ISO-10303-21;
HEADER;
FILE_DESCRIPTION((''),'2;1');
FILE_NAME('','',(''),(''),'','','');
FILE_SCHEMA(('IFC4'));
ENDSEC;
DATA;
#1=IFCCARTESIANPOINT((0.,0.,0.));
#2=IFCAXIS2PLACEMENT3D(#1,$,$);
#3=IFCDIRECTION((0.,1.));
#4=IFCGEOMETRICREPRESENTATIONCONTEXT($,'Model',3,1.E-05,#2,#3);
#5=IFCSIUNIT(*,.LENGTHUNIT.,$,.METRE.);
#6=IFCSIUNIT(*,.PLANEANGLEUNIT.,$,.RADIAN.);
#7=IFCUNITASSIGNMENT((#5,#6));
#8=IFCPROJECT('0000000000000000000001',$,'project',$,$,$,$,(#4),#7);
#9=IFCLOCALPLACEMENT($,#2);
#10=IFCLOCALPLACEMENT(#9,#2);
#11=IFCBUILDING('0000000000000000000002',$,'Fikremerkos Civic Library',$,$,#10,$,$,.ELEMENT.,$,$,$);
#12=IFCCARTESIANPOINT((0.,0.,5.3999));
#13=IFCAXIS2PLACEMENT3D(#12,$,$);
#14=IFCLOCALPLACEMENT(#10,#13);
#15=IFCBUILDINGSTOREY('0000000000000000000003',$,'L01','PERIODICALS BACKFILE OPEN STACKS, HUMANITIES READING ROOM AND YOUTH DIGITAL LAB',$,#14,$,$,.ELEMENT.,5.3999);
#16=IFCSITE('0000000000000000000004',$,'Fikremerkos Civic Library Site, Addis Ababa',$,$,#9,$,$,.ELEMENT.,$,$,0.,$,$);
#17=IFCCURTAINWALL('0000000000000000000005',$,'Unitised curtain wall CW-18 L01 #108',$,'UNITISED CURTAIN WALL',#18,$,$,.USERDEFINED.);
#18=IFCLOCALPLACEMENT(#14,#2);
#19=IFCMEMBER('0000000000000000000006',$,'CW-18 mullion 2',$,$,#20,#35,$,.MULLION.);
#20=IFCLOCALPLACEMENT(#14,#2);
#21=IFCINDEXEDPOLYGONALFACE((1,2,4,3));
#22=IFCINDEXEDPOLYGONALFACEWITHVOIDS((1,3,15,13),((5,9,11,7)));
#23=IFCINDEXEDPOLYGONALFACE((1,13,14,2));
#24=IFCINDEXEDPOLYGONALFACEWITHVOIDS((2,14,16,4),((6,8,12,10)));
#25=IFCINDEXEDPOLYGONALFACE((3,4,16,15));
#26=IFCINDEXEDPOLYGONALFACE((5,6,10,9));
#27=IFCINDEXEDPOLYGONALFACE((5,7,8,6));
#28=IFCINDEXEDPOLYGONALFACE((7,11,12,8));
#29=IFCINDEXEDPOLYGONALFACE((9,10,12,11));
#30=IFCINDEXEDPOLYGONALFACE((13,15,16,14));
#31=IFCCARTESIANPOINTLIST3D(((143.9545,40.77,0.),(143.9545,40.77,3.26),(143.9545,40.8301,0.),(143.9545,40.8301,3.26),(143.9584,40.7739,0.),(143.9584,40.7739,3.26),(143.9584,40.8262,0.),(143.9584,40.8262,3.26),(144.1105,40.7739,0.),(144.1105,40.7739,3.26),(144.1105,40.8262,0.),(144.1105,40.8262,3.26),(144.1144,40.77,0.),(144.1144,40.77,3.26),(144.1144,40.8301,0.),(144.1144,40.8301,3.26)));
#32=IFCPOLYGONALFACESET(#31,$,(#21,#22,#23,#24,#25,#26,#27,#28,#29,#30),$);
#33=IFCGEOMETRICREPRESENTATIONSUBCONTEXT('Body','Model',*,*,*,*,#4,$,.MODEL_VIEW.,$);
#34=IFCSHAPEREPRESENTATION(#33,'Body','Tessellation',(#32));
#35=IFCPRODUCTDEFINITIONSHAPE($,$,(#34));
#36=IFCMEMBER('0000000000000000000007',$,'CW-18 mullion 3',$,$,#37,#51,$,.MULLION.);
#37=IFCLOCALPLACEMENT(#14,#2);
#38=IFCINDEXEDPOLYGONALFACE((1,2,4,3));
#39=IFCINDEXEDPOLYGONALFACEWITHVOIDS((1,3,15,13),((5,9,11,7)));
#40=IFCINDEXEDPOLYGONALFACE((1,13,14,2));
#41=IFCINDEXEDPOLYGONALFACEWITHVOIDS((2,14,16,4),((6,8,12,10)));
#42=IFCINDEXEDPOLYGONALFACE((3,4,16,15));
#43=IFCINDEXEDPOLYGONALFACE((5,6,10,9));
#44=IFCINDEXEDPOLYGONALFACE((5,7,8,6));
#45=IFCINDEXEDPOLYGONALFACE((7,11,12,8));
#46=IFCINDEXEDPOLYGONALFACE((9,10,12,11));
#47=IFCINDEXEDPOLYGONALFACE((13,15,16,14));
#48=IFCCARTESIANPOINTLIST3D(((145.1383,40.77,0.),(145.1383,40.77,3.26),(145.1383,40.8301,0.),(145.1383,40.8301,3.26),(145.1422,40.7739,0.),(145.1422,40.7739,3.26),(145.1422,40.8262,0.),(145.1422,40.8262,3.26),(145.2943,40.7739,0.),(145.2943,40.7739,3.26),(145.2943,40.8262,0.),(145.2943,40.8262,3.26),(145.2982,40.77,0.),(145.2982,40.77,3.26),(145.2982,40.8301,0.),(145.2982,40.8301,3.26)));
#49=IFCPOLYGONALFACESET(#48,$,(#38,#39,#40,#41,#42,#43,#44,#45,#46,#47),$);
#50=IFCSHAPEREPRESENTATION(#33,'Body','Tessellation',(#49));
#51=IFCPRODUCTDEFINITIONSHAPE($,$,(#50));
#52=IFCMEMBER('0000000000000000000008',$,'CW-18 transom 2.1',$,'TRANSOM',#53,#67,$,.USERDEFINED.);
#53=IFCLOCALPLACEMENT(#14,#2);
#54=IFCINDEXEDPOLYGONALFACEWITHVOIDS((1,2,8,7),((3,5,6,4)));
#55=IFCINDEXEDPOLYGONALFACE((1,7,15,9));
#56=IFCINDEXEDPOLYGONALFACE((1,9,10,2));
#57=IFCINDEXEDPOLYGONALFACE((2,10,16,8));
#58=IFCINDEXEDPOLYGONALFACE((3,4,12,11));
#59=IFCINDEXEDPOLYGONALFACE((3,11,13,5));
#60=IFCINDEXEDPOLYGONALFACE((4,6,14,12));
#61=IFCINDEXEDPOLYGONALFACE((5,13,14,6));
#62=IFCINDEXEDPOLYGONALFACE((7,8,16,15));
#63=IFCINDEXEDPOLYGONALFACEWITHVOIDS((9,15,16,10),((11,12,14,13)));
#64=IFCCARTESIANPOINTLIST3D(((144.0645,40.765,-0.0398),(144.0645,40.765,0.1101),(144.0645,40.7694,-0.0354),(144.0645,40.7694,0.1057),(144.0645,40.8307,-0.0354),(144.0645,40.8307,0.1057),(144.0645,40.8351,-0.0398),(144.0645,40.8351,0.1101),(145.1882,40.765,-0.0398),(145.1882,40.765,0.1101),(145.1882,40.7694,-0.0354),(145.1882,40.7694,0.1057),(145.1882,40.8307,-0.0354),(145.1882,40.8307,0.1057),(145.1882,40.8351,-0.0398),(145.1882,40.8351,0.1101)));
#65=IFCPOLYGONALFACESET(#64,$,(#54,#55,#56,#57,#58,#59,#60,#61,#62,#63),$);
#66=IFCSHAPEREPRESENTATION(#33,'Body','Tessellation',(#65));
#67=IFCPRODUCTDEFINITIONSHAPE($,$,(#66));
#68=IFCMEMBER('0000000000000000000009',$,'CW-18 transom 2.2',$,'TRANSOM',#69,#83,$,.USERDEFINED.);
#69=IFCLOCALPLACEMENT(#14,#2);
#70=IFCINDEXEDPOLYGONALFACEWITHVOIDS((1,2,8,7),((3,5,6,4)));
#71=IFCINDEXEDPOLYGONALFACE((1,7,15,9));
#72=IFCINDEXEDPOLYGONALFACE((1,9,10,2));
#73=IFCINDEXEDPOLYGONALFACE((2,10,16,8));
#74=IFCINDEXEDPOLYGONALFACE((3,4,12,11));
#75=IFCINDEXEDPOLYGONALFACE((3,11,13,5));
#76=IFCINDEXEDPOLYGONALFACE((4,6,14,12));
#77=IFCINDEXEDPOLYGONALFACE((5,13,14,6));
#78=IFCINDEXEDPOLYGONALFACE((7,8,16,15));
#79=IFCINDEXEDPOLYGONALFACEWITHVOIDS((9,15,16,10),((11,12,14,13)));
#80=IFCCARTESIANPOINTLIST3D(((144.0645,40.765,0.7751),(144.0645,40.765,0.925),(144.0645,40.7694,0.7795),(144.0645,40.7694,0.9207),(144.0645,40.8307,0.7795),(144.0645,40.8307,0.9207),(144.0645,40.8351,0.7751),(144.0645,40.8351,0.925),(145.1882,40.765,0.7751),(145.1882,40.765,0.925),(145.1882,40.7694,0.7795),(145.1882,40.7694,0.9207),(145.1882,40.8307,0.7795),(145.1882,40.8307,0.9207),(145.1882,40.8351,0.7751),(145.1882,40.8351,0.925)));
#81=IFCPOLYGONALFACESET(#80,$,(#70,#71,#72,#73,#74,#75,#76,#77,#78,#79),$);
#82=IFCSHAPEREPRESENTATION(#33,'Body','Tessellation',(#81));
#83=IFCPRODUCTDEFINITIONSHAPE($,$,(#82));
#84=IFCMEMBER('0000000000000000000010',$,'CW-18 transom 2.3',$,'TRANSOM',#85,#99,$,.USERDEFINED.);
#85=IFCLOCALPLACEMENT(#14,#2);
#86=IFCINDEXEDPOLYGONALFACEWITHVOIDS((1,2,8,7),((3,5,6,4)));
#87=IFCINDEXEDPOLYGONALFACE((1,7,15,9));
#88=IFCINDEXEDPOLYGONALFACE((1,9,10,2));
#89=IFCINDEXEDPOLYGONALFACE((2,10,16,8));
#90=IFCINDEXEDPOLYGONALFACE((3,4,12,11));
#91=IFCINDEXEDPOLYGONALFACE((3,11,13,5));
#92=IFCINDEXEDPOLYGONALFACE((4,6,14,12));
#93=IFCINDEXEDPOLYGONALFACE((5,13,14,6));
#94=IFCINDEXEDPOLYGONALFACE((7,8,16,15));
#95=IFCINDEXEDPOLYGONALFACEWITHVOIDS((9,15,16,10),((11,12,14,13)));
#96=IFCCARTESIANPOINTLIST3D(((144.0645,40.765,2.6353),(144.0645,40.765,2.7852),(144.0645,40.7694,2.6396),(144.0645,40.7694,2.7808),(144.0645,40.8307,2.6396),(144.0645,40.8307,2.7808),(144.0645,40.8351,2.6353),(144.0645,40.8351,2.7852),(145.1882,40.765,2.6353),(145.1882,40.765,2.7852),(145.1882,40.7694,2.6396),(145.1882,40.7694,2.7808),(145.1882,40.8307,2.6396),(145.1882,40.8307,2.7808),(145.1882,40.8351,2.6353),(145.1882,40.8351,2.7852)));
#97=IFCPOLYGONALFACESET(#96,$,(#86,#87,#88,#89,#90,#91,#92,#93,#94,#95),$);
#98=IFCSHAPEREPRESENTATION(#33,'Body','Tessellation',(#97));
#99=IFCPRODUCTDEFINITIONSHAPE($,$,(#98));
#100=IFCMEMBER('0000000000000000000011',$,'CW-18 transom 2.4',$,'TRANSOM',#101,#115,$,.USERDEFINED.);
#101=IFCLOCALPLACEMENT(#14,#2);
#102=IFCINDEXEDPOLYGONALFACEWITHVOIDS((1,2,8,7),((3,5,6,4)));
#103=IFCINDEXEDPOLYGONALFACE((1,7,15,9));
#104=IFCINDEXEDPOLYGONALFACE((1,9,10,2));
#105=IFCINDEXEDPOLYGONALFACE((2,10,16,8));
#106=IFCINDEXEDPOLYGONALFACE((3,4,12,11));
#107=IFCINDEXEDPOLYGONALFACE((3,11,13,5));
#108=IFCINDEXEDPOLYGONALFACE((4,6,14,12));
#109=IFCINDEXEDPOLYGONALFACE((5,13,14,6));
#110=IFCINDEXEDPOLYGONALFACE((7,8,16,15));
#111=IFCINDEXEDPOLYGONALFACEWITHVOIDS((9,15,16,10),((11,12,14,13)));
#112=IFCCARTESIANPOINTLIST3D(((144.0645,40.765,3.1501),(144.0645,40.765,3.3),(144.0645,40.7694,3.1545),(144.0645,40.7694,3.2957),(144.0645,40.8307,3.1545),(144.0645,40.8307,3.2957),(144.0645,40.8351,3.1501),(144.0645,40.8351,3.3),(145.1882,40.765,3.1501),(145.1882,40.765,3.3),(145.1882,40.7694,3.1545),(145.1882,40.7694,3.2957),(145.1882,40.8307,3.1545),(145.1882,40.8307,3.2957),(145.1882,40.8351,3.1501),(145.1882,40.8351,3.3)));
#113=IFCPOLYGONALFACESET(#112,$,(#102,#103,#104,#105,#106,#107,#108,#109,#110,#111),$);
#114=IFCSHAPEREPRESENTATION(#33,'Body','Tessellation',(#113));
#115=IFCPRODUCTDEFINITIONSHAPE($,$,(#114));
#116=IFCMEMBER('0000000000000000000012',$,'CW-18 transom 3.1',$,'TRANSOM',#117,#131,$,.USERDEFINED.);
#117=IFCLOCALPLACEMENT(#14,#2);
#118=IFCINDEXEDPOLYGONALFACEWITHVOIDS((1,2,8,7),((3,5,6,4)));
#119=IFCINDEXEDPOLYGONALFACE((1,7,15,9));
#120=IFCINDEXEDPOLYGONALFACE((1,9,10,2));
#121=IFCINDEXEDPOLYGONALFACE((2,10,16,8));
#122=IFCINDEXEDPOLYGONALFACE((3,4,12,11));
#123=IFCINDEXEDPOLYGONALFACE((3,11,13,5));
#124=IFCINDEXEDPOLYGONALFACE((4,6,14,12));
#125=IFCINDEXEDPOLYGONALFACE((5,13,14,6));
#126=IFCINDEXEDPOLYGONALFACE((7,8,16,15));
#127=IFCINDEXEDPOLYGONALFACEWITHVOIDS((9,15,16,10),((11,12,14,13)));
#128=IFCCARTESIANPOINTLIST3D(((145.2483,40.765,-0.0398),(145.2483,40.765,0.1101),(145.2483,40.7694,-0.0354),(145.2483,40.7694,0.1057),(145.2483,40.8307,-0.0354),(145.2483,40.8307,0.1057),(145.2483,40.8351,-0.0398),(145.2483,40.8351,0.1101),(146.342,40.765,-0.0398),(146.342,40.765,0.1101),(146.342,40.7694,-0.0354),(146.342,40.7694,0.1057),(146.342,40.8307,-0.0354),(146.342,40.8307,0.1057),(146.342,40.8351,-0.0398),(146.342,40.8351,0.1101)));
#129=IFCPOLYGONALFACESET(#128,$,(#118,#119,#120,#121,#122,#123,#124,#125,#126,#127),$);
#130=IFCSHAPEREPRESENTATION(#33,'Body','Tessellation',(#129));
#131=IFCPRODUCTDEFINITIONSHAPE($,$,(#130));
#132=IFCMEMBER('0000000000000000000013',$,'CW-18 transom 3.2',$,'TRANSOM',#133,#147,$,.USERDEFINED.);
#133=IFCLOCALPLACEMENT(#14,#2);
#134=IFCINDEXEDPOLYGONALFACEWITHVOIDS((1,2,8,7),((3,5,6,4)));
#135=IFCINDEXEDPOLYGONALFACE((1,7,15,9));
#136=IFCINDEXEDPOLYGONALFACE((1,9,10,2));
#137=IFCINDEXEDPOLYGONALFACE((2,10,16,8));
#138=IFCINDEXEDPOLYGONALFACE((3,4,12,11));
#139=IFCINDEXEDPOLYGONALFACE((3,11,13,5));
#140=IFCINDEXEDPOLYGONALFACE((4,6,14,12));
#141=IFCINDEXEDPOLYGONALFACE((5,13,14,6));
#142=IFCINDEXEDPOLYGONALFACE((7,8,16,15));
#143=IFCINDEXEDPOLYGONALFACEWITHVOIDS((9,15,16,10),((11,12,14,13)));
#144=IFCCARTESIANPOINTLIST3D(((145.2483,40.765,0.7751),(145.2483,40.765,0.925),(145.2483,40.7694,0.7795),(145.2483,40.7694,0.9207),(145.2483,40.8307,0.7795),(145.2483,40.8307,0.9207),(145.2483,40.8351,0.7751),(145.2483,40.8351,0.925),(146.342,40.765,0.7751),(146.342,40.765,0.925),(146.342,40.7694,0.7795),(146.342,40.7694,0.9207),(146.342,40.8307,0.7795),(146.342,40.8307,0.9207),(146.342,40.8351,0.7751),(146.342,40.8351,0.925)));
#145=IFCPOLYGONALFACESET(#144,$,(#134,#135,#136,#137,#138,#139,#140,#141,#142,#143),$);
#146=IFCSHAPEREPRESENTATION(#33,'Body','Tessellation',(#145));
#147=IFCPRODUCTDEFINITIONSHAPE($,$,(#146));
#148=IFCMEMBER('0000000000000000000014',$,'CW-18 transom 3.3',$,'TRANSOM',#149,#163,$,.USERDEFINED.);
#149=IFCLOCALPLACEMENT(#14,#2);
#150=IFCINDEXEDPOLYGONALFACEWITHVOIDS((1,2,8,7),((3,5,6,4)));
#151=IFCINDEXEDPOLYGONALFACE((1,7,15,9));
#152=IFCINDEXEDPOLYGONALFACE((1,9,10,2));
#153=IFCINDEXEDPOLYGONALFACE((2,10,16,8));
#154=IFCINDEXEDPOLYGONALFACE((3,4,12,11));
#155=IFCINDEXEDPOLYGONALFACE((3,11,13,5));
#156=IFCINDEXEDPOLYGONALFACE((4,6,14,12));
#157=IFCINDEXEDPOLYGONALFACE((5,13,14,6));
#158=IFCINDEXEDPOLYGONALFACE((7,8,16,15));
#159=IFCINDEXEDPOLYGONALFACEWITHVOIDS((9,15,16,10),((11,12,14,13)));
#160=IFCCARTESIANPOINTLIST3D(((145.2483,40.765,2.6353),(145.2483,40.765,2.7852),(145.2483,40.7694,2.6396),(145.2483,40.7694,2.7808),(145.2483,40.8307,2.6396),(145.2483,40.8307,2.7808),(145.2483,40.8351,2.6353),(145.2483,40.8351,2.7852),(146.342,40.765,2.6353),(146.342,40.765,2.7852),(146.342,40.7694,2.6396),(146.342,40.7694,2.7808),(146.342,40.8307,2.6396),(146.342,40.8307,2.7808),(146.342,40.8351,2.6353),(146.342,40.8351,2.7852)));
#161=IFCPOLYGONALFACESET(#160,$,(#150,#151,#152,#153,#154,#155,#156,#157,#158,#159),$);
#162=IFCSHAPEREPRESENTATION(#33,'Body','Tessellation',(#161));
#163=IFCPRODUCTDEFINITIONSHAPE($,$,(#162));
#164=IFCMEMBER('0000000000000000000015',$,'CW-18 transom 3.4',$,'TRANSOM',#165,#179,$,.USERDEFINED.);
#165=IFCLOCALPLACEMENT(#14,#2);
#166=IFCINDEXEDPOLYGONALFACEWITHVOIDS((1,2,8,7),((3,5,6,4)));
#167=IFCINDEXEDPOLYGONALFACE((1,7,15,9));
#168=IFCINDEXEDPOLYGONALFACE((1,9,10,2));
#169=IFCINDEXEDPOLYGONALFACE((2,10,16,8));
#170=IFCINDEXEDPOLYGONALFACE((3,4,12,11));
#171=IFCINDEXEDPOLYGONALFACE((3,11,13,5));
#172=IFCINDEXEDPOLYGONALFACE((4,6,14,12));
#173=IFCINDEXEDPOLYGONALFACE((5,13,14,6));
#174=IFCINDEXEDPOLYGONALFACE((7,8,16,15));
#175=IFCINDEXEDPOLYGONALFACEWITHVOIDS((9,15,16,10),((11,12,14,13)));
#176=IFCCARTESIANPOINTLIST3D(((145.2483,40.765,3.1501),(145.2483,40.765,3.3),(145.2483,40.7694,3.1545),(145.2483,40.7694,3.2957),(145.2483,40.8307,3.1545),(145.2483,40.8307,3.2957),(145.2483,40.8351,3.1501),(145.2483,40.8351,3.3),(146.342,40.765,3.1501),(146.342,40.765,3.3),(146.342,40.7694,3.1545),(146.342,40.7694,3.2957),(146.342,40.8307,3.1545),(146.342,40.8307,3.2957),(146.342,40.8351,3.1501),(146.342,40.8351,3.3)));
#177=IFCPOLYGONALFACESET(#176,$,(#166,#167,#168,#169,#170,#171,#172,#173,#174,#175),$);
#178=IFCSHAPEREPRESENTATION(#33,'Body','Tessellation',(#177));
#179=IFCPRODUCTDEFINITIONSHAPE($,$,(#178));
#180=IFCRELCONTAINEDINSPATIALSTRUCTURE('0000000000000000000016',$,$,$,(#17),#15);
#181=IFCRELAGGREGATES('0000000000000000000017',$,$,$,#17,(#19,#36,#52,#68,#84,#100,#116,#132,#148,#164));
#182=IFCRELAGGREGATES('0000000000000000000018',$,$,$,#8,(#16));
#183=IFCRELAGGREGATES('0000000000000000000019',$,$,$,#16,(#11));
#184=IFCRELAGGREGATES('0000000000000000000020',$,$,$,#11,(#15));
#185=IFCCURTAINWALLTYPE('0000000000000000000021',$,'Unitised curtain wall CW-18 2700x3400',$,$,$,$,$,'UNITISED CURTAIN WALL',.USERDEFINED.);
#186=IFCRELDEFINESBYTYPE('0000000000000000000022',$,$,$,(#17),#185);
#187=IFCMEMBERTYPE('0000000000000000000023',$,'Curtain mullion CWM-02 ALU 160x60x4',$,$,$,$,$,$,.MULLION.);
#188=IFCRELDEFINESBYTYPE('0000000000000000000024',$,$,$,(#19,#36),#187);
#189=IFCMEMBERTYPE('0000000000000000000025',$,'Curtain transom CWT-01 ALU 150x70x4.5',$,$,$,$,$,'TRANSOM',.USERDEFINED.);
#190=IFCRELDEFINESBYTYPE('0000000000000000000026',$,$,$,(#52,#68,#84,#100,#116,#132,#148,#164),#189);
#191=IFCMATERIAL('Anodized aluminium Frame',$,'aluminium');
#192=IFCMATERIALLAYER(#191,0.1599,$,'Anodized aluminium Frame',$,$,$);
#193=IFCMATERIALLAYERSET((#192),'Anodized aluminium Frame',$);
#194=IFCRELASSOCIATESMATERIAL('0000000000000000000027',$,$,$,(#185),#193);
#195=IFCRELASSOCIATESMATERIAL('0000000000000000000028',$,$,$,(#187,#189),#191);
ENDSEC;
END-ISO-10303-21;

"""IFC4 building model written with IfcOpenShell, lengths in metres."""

from ifc_helpers import new_model, si_unit, direction, frame, origin, origin_2d, place, context, subcontext, project, spatial, hollow_rectangle, extrude, material, layer, layer_set, material_profile, profile_set, type_object, element, aggregate, save


model = new_model("IFC4")

# Units and contexts
model_context = context("Model", 3, precision=1e-05, world=origin(), true_north=direction((0.0, 1.0)))
body_context = subcontext(model_context, "Body", "Model", "MODEL_VIEW")
ifc_project = project(units=[si_unit("LENGTHUNIT", "METRE"), si_unit("PLANEANGLEUNIT", "RADIAN")], contexts=[model_context])

# Site, building, storey
site_placement = place(None, origin())
site = spatial("IfcSite", under=ifc_project, at=site_placement, Name="Fikremerkos Civic Library Site, Addis Ababa", CompositionType="ELEMENT", RefElevation=0.0)
building_placement = place(site_placement, origin())
building = spatial("IfcBuilding", under=site, at=building_placement, Name="Fikremerkos Civic Library", CompositionType="ELEMENT")
storey_placement = place(building_placement, frame((0.0, 0.0, 5.3999)))
storey = spatial("IfcBuildingStorey", under=building, at=storey_placement, Name="L01", Description="PERIODICALS BACKFILE OPEN STACKS, HUMANITIES READING ROOM AND YOUTH DIGITAL LAB", CompositionType="ELEMENT", Elevation=5.3999)

# Curtain wall, members
ifc_material_1 = material(Name="Anodized aluminium Frame", Category="aluminium")
ifc_layer_1 = layer(ifc_material_1, 0.1599, Name="Anodized aluminium Frame")
ifc_layer_set_1 = layer_set([ifc_layer_1], Name="Anodized aluminium Frame")
curtain_wall_type = type_object("IfcCurtainWallType", Name="Unitised curtain wall CW-18 2700x3400", ElementType="UNITISED CURTAIN WALL", PredefinedType="USERDEFINED", material=ifc_layer_set_1)
curtain_wall_placement = place(storey_placement, origin())
curtain_wall = element("IfcCurtainWall", 1, at=curtain_wall_placement, inside=storey, type_object=curtain_wall_type, Name="Unitised curtain wall CW-18 L01 #108", ObjectType="UNITISED CURTAIN WALL", PredefinedType="USERDEFINED")
ifc_material_profile_1 = material_profile(ifc_material_1, hollow_rectangle(XDim=0.0601, YDim=0.1599, WallThickness=0.0039, at=origin_2d()), Name="ALU 160x60x4")
ifc_profile_set_1 = profile_set([ifc_material_profile_1], Name="Anodized aluminium Frame")
member_type_1 = type_object("IfcMemberType", Name="Curtain mullion CWM-02 ALU 160x60x4", PredefinedType="MULLION", material=ifc_profile_set_1)
member_1_placement = place(storey_placement, frame((144.0344, 40.8, 0.0), z_axis=(0.0, 0.0, 1.0), x_axis=(0.0, 1.0, 0.0)))
member_1 = element("IfcMember", 2, at=member_1_placement, type_object=member_type_1, Name="CW-18 mullion 2", PredefinedType="MULLION", context=body_context, shape_type="SweptSolid", body=[
    extrude(hollow_rectangle(XDim=0.0601, YDim=0.1599, WallThickness=0.0039, at=origin_2d()), origin(), (0.0, 0.0, 1.0), 3.26),
])
member_2_placement = place(storey_placement, frame((145.2183, 40.8, 0.0), z_axis=(0.0, 0.0, 1.0), x_axis=(0.0, 1.0, 0.0)))
member_2 = element("IfcMember", 3, at=member_2_placement, type_object=member_type_1, Name="CW-18 mullion 3", PredefinedType="MULLION", context=body_context, shape_type="SweptSolid", body=[
    extrude(hollow_rectangle(XDim=0.0601, YDim=0.1599, WallThickness=0.0039, at=origin_2d()), origin(), (0.0, 0.0, 1.0), 3.26),
])
ifc_material_profile_2 = material_profile(ifc_material_1, hollow_rectangle(XDim=0.0701, YDim=0.1499, WallThickness=0.0044, at=origin_2d()), Name="ALU 150x70x4.5")
ifc_profile_set_2 = profile_set([ifc_material_profile_2], Name="Anodized aluminium Frame")
member_type_2 = type_object("IfcMemberType", Name="Curtain transom CWT-01 ALU 150x70x4.5", ElementType="TRANSOM", PredefinedType="USERDEFINED", material=ifc_profile_set_2)
member_3_placement = place(storey_placement, frame((144.0645, 40.8, 0.0352), z_axis=(1.0, 0.0, 0.0), x_axis=(0.0, 1.0, 0.0)))
member_3 = element("IfcMember", 4, at=member_3_placement, type_object=member_type_2, Name="CW-18 transom 2.1", ObjectType="TRANSOM", PredefinedType="USERDEFINED", context=body_context, shape_type="SweptSolid", body=[
    extrude(hollow_rectangle(XDim=0.0701, YDim=0.1499, WallThickness=0.0044, at=origin_2d()), origin(), (0.0, 0.0, 1.0), 1.1238),
])
member_4_placement = place(storey_placement, frame((144.0645, 40.8, 0.8501), z_axis=(1.0, 0.0, 0.0), x_axis=(0.0, 1.0, 0.0)))
member_4 = element("IfcMember", 5, at=member_4_placement, type_object=member_type_2, Name="CW-18 transom 2.2", ObjectType="TRANSOM", PredefinedType="USERDEFINED", context=body_context, shape_type="SweptSolid", body=[
    extrude(hollow_rectangle(XDim=0.0701, YDim=0.1499, WallThickness=0.0044, at=origin_2d()), origin(), (0.0, 0.0, 1.0), 1.1238),
])
member_5_placement = place(storey_placement, frame((144.0645, 40.8, 2.7102), z_axis=(1.0, 0.0, 0.0), x_axis=(0.0, 1.0, 0.0)))
member_5 = element("IfcMember", 6, at=member_5_placement, type_object=member_type_2, Name="CW-18 transom 2.3", ObjectType="TRANSOM", PredefinedType="USERDEFINED", context=body_context, shape_type="SweptSolid", body=[
    extrude(hollow_rectangle(XDim=0.0701, YDim=0.1499, WallThickness=0.0044, at=origin_2d()), origin(), (0.0, 0.0, 1.0), 1.1238),
])
member_6_placement = place(storey_placement, frame((144.0645, 40.8, 3.2251), z_axis=(1.0, 0.0, 0.0), x_axis=(0.0, 1.0, 0.0)))
member_6 = element("IfcMember", 7, at=member_6_placement, type_object=member_type_2, Name="CW-18 transom 2.4", ObjectType="TRANSOM", PredefinedType="USERDEFINED", context=body_context, shape_type="SweptSolid", body=[
    extrude(hollow_rectangle(XDim=0.0701, YDim=0.1499, WallThickness=0.0044, at=origin_2d()), origin(), (0.0, 0.0, 1.0), 1.1238),
])
member_7_placement = place(storey_placement, frame((145.2483, 40.8, 0.0352), z_axis=(1.0, 0.0, 0.0), x_axis=(0.0, 1.0, 0.0)))
member_7 = element("IfcMember", 8, at=member_7_placement, type_object=member_type_2, Name="CW-18 transom 3.1", ObjectType="TRANSOM", PredefinedType="USERDEFINED", context=body_context, shape_type="SweptSolid", body=[
    extrude(hollow_rectangle(XDim=0.0701, YDim=0.1499, WallThickness=0.0044, at=origin_2d()), origin(), (0.0, 0.0, 1.0), 1.0938),
])
member_8_placement = place(storey_placement, frame((145.2483, 40.8, 0.8501), z_axis=(1.0, 0.0, 0.0), x_axis=(0.0, 1.0, 0.0)))
member_8 = element("IfcMember", 9, at=member_8_placement, type_object=member_type_2, Name="CW-18 transom 3.2", ObjectType="TRANSOM", PredefinedType="USERDEFINED", context=body_context, shape_type="SweptSolid", body=[
    extrude(hollow_rectangle(XDim=0.0701, YDim=0.1499, WallThickness=0.0044, at=origin_2d()), origin(), (0.0, 0.0, 1.0), 1.0938),
])
member_9_placement = place(storey_placement, frame((145.2483, 40.8, 2.7102), z_axis=(1.0, 0.0, 0.0), x_axis=(0.0, 1.0, 0.0)))
member_9 = element("IfcMember", 10, at=member_9_placement, type_object=member_type_2, Name="CW-18 transom 3.3", ObjectType="TRANSOM", PredefinedType="USERDEFINED", context=body_context, shape_type="SweptSolid", body=[
    extrude(hollow_rectangle(XDim=0.0701, YDim=0.1499, WallThickness=0.0044, at=origin_2d()), origin(), (0.0, 0.0, 1.0), 1.0938),
])
member_10_placement = place(storey_placement, frame((145.2483, 40.8, 3.2251), z_axis=(1.0, 0.0, 0.0), x_axis=(0.0, 1.0, 0.0)))
member_10 = element("IfcMember", 11, at=member_10_placement, type_object=member_type_2, Name="CW-18 transom 3.4", ObjectType="TRANSOM", PredefinedType="USERDEFINED", context=body_context, shape_type="SweptSolid", body=[
    extrude(hollow_rectangle(XDim=0.0701, YDim=0.1499, WallThickness=0.0044, at=origin_2d()), origin(), (0.0, 0.0, 1.0), 1.0938),
])

aggregate(curtain_wall, [member_1, member_2, member_3, member_4, member_5, member_6, member_7, member_8, member_9, member_10])

save(model, "model.ifc")
